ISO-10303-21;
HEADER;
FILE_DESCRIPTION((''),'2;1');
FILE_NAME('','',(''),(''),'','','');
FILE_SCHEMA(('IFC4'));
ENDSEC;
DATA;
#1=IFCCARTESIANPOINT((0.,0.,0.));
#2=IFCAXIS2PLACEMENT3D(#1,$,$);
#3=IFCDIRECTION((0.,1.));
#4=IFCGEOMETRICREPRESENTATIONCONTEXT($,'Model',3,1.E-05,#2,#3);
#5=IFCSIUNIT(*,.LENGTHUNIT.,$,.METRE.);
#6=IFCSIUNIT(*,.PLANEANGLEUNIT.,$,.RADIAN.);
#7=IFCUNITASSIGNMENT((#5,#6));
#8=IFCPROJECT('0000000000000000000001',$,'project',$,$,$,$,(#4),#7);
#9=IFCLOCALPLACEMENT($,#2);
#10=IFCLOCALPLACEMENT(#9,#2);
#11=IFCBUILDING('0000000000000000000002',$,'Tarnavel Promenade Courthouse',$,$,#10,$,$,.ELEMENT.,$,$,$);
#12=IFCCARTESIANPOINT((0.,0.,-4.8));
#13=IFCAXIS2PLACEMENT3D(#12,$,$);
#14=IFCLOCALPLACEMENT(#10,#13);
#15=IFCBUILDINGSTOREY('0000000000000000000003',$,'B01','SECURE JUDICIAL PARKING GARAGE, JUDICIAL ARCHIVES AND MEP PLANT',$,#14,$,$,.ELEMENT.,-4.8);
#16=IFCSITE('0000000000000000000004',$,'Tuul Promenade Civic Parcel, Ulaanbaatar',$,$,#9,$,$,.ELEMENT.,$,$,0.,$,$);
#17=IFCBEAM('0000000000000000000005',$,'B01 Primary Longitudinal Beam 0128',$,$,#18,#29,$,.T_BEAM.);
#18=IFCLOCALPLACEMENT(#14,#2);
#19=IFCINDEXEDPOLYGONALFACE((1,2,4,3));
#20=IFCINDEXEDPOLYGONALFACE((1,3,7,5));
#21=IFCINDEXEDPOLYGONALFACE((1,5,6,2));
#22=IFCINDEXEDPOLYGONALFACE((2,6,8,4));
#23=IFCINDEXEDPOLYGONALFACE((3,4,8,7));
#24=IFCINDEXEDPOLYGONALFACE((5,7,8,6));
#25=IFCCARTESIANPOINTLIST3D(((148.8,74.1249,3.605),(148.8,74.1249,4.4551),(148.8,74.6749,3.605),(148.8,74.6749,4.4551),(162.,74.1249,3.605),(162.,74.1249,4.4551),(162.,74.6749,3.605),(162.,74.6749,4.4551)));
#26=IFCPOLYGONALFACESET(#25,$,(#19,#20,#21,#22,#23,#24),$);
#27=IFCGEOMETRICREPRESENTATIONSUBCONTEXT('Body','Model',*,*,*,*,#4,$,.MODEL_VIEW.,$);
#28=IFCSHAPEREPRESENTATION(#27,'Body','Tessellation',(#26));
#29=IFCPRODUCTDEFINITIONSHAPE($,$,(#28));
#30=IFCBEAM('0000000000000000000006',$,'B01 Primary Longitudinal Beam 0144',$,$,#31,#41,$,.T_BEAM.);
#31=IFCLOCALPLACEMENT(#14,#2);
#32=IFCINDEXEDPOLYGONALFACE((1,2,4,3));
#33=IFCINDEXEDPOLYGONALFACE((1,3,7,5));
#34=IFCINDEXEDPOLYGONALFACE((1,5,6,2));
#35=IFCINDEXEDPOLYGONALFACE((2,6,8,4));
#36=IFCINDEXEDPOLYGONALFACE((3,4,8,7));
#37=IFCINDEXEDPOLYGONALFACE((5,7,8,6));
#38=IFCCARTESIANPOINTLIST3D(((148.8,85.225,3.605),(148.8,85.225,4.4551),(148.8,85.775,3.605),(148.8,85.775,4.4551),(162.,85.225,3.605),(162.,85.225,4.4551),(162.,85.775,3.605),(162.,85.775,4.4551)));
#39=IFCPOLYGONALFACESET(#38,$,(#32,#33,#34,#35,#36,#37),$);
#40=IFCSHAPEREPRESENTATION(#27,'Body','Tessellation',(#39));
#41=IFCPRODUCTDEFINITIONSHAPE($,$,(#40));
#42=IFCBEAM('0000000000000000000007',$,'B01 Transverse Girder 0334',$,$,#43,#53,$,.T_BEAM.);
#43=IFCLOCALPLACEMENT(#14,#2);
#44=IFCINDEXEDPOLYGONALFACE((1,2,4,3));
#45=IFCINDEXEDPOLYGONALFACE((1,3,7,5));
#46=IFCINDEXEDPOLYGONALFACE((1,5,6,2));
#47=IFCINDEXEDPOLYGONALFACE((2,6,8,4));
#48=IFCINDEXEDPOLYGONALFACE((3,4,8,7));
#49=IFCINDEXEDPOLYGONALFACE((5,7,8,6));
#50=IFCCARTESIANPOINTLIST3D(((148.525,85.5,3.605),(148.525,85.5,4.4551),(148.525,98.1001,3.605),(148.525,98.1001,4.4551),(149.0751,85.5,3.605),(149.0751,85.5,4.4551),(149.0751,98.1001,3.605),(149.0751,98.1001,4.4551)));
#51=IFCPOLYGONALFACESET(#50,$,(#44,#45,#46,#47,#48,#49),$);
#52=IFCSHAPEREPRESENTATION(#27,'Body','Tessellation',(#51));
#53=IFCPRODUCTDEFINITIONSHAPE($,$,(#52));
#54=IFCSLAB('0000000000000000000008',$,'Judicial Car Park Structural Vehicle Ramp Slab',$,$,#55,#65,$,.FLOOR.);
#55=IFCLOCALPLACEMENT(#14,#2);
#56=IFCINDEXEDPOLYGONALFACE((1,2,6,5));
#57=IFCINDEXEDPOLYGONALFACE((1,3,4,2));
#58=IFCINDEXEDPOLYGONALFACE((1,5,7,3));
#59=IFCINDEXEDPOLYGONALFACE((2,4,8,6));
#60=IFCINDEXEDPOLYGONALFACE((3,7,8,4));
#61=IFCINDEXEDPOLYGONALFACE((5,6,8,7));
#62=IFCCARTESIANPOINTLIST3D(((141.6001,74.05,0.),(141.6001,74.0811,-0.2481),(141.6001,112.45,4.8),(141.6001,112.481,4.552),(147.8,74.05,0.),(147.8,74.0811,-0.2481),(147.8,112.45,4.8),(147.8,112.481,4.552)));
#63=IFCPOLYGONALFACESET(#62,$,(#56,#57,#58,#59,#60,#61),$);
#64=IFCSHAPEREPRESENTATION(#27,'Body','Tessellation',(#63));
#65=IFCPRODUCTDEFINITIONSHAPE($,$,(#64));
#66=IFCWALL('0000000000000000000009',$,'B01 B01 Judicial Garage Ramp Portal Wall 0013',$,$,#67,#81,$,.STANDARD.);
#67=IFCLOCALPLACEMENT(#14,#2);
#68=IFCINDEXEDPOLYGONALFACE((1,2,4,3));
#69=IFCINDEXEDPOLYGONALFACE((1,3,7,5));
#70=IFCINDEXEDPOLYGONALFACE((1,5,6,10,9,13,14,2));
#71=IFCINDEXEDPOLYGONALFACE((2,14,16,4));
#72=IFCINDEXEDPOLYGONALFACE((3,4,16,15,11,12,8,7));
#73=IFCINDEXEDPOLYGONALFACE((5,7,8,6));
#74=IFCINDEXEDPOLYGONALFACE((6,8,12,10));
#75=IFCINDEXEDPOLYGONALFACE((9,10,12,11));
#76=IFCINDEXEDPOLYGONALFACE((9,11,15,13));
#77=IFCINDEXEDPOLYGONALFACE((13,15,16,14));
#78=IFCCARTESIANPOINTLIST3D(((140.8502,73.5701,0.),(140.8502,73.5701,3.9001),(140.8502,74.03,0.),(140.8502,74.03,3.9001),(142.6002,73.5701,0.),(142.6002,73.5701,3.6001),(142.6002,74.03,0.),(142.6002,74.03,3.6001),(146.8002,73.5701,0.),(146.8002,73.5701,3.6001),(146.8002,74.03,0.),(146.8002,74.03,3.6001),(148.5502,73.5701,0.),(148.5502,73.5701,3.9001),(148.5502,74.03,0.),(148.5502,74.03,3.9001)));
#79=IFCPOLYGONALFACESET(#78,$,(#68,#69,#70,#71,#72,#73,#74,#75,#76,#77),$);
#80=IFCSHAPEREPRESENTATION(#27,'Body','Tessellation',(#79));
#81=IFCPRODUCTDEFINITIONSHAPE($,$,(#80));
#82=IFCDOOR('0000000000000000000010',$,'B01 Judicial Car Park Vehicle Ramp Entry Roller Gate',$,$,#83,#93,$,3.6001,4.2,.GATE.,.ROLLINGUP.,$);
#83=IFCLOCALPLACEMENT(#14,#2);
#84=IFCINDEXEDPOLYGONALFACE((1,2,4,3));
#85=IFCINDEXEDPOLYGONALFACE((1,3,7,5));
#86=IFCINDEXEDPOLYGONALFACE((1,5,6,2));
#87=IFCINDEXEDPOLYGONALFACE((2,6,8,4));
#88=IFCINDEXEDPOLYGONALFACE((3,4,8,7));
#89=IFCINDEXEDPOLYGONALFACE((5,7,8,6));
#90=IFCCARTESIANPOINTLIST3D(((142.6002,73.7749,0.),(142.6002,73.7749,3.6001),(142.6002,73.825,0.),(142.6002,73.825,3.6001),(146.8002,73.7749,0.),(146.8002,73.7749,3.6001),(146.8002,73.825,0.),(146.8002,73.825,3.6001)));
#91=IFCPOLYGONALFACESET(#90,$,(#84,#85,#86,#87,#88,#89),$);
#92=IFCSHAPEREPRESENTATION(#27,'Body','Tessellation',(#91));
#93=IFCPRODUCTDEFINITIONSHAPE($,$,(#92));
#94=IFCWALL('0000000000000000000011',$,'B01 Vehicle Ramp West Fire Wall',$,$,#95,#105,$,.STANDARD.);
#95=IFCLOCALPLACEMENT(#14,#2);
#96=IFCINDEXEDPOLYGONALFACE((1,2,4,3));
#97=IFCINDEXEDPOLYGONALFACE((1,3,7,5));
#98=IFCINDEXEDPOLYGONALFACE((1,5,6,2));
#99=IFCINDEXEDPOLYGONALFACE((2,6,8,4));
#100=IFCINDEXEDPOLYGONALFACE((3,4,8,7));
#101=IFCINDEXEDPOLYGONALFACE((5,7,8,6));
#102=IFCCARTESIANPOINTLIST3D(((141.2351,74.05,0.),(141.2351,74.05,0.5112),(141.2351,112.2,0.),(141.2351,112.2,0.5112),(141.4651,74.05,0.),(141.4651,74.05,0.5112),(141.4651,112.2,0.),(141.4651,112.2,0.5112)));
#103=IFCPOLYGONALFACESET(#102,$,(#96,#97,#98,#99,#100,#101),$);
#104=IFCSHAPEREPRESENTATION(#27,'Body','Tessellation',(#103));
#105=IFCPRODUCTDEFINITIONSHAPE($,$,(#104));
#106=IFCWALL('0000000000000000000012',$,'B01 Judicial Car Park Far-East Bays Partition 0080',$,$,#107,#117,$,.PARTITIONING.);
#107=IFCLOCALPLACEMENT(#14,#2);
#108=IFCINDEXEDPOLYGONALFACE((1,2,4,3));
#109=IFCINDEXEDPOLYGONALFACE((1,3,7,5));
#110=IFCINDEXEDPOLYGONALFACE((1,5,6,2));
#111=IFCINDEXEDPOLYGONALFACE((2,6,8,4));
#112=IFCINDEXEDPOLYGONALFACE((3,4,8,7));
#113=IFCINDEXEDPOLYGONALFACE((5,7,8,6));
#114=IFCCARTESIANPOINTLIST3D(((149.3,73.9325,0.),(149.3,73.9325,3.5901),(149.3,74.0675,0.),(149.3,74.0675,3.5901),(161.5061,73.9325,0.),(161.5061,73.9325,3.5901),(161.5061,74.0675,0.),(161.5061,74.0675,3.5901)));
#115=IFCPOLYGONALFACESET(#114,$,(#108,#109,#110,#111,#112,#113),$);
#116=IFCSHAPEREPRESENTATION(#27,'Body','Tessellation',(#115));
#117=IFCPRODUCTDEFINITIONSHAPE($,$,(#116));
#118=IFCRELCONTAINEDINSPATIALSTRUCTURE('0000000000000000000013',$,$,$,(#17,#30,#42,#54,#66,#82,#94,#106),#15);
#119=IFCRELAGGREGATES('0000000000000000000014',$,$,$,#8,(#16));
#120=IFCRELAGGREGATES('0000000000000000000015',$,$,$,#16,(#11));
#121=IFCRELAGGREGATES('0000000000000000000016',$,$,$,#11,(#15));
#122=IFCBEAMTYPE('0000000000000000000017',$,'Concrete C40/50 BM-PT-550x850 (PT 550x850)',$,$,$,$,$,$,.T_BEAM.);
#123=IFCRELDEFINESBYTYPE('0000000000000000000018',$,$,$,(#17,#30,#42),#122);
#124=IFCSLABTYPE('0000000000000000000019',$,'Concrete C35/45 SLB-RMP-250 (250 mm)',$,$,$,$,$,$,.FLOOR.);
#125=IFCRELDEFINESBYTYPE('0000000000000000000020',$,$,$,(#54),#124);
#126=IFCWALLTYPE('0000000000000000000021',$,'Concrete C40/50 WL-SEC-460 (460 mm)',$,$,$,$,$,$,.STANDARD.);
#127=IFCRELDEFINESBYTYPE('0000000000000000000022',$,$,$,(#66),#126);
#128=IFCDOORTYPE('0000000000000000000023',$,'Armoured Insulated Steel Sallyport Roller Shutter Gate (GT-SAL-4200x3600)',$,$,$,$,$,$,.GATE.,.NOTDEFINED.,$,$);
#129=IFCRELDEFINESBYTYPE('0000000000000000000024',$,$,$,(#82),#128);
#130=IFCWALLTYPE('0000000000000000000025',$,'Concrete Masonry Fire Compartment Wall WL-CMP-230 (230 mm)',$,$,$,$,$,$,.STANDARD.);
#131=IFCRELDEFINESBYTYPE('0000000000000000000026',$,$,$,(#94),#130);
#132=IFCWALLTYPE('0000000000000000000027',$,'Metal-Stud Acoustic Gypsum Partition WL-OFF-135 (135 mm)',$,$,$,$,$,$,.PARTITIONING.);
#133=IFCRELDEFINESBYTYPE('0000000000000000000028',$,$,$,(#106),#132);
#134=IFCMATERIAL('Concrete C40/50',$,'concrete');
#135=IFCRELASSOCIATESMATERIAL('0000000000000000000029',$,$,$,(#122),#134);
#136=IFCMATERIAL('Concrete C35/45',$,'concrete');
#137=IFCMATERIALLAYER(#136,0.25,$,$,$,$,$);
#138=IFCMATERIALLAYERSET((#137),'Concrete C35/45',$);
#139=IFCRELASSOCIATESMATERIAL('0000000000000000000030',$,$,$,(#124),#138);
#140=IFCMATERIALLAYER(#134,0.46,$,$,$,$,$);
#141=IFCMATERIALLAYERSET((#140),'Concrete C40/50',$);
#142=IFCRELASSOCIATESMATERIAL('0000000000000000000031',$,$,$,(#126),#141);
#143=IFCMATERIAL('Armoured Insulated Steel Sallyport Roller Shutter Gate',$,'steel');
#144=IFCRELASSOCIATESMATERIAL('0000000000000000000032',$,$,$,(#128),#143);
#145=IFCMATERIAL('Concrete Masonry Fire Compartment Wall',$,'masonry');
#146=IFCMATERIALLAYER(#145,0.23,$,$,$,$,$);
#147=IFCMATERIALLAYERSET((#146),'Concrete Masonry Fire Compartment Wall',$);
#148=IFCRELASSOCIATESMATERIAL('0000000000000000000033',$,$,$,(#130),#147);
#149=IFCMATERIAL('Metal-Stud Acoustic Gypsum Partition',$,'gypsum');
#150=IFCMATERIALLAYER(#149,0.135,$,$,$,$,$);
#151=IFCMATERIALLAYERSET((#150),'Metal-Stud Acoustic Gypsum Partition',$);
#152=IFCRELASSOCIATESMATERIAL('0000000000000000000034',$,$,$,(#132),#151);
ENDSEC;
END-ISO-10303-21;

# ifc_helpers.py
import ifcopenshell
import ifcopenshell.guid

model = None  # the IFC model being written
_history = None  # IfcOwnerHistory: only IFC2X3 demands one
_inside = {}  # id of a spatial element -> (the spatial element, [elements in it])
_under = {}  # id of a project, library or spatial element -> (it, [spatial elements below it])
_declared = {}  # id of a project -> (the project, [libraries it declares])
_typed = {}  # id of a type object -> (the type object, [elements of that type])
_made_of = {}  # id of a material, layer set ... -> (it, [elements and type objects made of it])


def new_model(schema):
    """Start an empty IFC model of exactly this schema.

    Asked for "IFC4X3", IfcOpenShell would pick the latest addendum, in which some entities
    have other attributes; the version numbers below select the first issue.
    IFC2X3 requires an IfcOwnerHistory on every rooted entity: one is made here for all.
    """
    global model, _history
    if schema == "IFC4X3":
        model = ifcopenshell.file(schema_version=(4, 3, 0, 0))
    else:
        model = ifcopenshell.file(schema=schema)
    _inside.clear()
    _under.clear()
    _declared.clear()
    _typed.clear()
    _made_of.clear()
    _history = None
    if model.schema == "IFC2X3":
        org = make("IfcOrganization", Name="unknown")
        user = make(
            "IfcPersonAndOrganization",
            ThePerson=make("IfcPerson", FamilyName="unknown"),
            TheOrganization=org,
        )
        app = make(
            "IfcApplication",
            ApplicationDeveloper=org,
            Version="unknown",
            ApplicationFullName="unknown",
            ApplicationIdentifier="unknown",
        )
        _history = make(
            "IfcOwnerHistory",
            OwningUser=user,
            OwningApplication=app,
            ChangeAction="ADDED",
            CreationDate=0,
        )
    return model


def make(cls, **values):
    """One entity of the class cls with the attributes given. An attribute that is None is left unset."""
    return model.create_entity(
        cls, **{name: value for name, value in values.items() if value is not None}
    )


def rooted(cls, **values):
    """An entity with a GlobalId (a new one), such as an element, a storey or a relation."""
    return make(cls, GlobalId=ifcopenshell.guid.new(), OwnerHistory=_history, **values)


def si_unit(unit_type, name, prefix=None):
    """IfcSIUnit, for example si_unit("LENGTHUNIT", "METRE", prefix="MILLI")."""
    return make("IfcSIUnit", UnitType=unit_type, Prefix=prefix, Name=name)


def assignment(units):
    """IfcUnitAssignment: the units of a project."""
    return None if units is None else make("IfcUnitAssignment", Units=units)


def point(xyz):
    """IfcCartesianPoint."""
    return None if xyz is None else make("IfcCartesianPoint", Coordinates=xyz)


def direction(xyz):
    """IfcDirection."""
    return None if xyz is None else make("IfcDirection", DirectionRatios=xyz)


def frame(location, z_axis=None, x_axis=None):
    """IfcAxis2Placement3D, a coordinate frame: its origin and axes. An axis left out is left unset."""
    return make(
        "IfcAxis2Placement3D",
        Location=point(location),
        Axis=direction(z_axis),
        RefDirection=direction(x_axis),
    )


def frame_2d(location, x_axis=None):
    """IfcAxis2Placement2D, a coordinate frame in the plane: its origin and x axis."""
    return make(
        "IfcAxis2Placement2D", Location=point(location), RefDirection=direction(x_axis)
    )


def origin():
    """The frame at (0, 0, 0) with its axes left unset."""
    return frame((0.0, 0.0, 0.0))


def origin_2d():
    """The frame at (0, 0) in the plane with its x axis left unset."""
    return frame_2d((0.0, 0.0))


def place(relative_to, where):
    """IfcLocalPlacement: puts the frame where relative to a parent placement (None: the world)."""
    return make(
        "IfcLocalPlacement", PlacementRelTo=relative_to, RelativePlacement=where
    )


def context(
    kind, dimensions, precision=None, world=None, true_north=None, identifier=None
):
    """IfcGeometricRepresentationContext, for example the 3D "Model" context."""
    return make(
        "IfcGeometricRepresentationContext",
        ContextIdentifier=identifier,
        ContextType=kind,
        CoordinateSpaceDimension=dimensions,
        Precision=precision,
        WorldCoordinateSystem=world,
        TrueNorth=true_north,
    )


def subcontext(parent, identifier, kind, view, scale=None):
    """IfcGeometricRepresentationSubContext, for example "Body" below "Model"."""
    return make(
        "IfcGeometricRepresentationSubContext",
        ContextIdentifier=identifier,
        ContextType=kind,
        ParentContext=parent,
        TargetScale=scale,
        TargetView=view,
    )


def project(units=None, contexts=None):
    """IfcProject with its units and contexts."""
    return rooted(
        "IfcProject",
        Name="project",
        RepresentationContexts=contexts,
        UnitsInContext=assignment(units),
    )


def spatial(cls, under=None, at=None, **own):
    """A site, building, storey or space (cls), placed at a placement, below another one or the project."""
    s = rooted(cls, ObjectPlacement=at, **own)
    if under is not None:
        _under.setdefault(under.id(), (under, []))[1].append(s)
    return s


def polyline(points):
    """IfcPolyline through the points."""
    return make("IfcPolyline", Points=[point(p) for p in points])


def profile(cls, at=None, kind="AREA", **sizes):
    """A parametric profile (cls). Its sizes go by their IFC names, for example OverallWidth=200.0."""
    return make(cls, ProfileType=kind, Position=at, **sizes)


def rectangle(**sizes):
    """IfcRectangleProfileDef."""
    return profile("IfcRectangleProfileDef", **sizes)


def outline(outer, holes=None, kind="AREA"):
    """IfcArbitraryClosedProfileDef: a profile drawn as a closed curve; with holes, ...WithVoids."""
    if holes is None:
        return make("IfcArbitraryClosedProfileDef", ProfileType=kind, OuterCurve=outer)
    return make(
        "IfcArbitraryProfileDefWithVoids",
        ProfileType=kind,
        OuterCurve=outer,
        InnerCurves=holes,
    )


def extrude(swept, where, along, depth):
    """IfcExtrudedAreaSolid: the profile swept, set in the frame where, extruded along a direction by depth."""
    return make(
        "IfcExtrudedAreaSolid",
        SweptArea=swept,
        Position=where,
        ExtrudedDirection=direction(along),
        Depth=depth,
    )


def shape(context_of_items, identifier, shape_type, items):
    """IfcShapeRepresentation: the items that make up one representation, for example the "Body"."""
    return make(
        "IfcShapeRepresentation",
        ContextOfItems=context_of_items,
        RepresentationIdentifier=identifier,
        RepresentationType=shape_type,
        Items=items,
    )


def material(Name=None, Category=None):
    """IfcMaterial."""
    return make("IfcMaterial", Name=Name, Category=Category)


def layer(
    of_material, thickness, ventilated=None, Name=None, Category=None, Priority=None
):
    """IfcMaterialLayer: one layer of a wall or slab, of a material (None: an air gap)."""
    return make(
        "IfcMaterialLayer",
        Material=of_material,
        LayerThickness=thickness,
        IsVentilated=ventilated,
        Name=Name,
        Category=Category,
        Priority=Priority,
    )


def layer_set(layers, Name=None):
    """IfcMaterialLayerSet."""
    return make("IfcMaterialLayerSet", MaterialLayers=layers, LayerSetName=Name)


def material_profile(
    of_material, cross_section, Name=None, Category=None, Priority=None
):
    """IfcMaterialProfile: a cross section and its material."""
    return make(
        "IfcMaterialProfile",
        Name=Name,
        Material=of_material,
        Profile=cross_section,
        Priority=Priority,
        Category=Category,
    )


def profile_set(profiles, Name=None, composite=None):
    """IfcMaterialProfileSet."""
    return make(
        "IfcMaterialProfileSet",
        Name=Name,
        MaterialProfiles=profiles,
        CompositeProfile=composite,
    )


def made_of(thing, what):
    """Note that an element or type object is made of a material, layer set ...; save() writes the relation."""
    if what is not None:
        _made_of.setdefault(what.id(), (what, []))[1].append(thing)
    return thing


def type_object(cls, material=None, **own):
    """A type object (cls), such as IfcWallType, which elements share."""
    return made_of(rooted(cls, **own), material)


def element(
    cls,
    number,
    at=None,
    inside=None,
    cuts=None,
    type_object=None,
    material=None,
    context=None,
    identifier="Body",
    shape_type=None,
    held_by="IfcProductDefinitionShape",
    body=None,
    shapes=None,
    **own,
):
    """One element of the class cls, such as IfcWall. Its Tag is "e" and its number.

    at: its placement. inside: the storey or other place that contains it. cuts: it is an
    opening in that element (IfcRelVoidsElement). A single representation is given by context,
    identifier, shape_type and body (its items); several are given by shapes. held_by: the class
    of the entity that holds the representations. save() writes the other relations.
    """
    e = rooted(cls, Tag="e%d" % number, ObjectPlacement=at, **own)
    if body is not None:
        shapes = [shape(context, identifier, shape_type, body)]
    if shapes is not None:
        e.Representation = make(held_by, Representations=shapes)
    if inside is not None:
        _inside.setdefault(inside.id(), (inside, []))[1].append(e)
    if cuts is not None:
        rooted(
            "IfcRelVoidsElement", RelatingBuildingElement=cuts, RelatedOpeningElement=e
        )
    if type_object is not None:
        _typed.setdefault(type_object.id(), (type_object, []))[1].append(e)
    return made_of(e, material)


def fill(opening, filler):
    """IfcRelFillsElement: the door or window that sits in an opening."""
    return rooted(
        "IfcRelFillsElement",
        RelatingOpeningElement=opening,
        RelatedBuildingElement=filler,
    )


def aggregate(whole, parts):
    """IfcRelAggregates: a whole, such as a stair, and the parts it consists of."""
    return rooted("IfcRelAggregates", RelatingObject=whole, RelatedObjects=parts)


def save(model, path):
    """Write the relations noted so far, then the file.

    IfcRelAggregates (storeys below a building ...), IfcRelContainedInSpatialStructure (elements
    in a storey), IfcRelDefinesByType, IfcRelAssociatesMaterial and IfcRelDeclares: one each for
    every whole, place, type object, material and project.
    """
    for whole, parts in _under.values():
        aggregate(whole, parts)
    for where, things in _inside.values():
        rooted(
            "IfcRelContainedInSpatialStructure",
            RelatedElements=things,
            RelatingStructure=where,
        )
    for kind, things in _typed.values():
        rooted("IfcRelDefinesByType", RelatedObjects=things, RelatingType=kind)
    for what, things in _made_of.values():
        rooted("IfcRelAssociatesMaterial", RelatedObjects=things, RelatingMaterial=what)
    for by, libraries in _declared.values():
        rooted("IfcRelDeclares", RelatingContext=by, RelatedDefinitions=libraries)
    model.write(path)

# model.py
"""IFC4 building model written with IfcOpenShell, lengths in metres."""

from ifc_helpers import new_model, si_unit, direction, frame, frame_2d, origin, origin_2d, place, context, subcontext, project, spatial, polyline, rectangle, outline, extrude, material, layer, layer_set, material_profile, profile_set, type_object, element, fill, save


model = new_model("IFC4")

# Units and contexts
model_context = context("Model", 3, precision=1e-05, world=origin(), true_north=direction((0.0, 1.0)))
body_context = subcontext(model_context, "Body", "Model", "MODEL_VIEW")
ifc_project = project(units=[si_unit("LENGTHUNIT", "METRE"), si_unit("PLANEANGLEUNIT", "RADIAN")], contexts=[model_context])

# Site, building, storey
site_placement = place(None, origin())
site = spatial("IfcSite", under=ifc_project, at=site_placement, Name="Tuul Promenade Civic Parcel, Ulaanbaatar", CompositionType="ELEMENT", RefElevation=0.0)
building_placement = place(site_placement, origin())
building = spatial("IfcBuilding", under=site, at=building_placement, Name="Tarnavel Promenade Courthouse", CompositionType="ELEMENT")
storey_placement = place(building_placement, frame((0.0, 0.0, -4.8)))
storey = spatial("IfcBuildingStorey", under=building, at=storey_placement, Name="B01", Description="SECURE JUDICIAL PARKING GARAGE, JUDICIAL ARCHIVES AND MEP PLANT", CompositionType="ELEMENT", Elevation=-4.8)

# Shared definitions
ifc_material_1 = material(Name="Concrete C35/45", Category="concrete")

# Shared definitions
ifc_material_2 = material(Name="Concrete C40/50", Category="concrete")

# Beams
ifc_material_profile_1 = material_profile(ifc_material_2, rectangle(XDim=0.55, YDim=0.8501, at=origin_2d()), Name="PT 550x850")
ifc_profile_set_1 = profile_set([ifc_material_profile_1], Name="Concrete C40/50")
beam_type_1 = type_object("IfcBeamType", Name="Concrete C40/50 BM-PT-550x850 (PT 550x850)", PredefinedType="T_BEAM", material=ifc_profile_set_1)
for number, where, z_axis, x_axis, name in (
    (1, (148.8, 74.3999, 4.03), (1.0, 0.0, 0.0), (0.0, 1.0, 0.0), "B01 Primary Longitudinal Beam 0128"),
    (2, (148.8, 85.5, 4.03), (1.0, 0.0, 0.0), (0.0, 1.0, 0.0), "B01 Primary Longitudinal Beam 0144"),
):
    element("IfcBeam", number, at=place(storey_placement, frame(where, z_axis=z_axis, x_axis=x_axis)), inside=storey, type_object=beam_type_1, Name=name, PredefinedType="T_BEAM", context=body_context, shape_type="SweptSolid", body=[
        extrude(rectangle(XDim=0.55, YDim=0.8501, at=origin_2d()), origin(), (0.0, 0.0, 1.0), 13.2),
    ])
beam_1_placement = place(storey_placement, frame((148.8, 85.5, 4.03), z_axis=(0.0, 1.0, 0.0), x_axis=(-1.0, 0.0, 0.0)))
element("IfcBeam", 3, at=beam_1_placement, inside=storey, type_object=beam_type_1, Name="B01 Transverse Girder 0334", PredefinedType="T_BEAM", context=body_context, shape_type="SweptSolid", body=[
    extrude(rectangle(XDim=0.55, YDim=0.8501, at=origin_2d()), origin(), (0.0, 0.0, 1.0), 12.6001),
])

# Slab
ifc_layer_1 = layer(ifc_material_1, 0.25)
ifc_layer_set_1 = layer_set([ifc_layer_1], Name="Concrete C35/45")
slab_type = type_object("IfcSlabType", Name="Concrete C35/45 SLB-RMP-250 (250 mm)", PredefinedType="FLOOR", material=ifc_layer_set_1)
slab_placement = place(storey_placement, frame((141.6001, 74.05, 0.0), z_axis=(0.0, -0.124036, 0.992278), x_axis=(1.0, 0.0, 0.0)))
element("IfcSlab", 4, at=slab_placement, inside=storey, type_object=slab_type, Name="Judicial Car Park Structural Vehicle Ramp Slab", PredefinedType="FLOOR", context=body_context, shape_type="SweptSolid", body=[
    extrude(outline(polyline([(0.0, 0.0), (6.2, 0.0), (6.2, 38.6987), (0.0, 38.6987), (0.0, 0.0)])), origin(), (0.0, 0.0, -1.0), 0.25),
])

# Wall, opening, door
ifc_layer_2 = layer(ifc_material_2, 0.46)
ifc_layer_set_2 = layer_set([ifc_layer_2], Name="Concrete C40/50")
wall_type_1 = type_object("IfcWallType", Name="Concrete C40/50 WL-SEC-460 (460 mm)", PredefinedType="STANDARD", material=ifc_layer_set_2)
wall_1_placement = place(storey_placement, frame((140.8501, 73.8, 0.0), z_axis=(0.0, 0.0, 1.0), x_axis=(1.0, 0.0, 0.0)))
wall_1 = element("IfcWall", 5, at=wall_1_placement, inside=storey, type_object=wall_type_1, Name="B01 B01 Judicial Garage Ramp Portal Wall 0013", PredefinedType="STANDARD", context=body_context, shape_type="SweptSolid", body=[
    extrude(rectangle(XDim=7.7, YDim=0.46, at=frame_2d((3.8501, 0.0))), origin(), (0.0, 0.0, 1.0), 3.9001),
])
opening_placement = place(wall_1_placement, frame((1.75, 0.0, 0.0)))
opening = element("IfcOpeningElement", 6, at=opening_placement, cuts=wall_1, PredefinedType="OPENING", context=body_context, shape_type="SweptSolid", body=[
    extrude(rectangle(XDim=4.2, YDim=3.6001, at=frame_2d((2.1001, 1.8))), frame((0.0, 0.24, 0.0), z_axis=(0.0, -1.0, 0.0), x_axis=(1.0, 0.0, 0.0)), (0.0, 0.0, 1.0), 0.48),
])
ifc_material_3 = material(Name="Armoured Insulated Steel Sallyport Roller Shutter Gate", Category="steel")
door_type = type_object("IfcDoorType", Name="Armoured Insulated Steel Sallyport Roller Shutter Gate (GT-SAL-4200x3600)", OperationType="NOTDEFINED", PredefinedType="GATE", material=ifc_material_3)
door_placement = place(opening_placement, origin())
door = element("IfcDoor", 7, at=door_placement, inside=storey, type_object=door_type, Name="B01 Judicial Car Park Vehicle Ramp Entry Roller Gate", OperationType="ROLLINGUP", OverallHeight=3.6001, OverallWidth=4.2, PredefinedType="GATE", context=body_context, shape_type="SweptSolid", body=[
    extrude(rectangle(XDim=4.2, YDim=3.6001, at=frame_2d((2.1001, 1.8))), frame((0.0, 0.0249, 0.0), z_axis=(0.0, -1.0, 0.0), x_axis=(1.0, 0.0, 0.0)), (0.0, 0.0, 1.0), 0.05),
])
fill(opening, door)

# Walls
ifc_material_4 = material(Name="Concrete Masonry Fire Compartment Wall", Category="masonry")
ifc_layer_3 = layer(ifc_material_4, 0.23)
ifc_layer_set_3 = layer_set([ifc_layer_3], Name="Concrete Masonry Fire Compartment Wall")
wall_type_2 = type_object("IfcWallType", Name="Concrete Masonry Fire Compartment Wall WL-CMP-230 (230 mm)", PredefinedType="STANDARD", material=ifc_layer_set_3)
wall_2_placement = place(storey_placement, frame((141.3501, 74.05, 0.0), z_axis=(0.0, 0.0, 1.0), x_axis=(0.0, 1.0, 0.0)))
element("IfcWall", 8, at=wall_2_placement, inside=storey, type_object=wall_type_2, Name="B01 Vehicle Ramp West Fire Wall", PredefinedType="STANDARD", context=body_context, shape_type="SweptSolid", body=[
    extrude(rectangle(XDim=38.1499, YDim=0.23, at=frame_2d((19.075, 0.0))), origin(), (0.0, 0.0, 1.0), 0.5112),
])
ifc_material_5 = material(Name="Metal-Stud Acoustic Gypsum Partition", Category="gypsum")
ifc_layer_4 = layer(ifc_material_5, 0.135)
ifc_layer_set_4 = layer_set([ifc_layer_4], Name="Metal-Stud Acoustic Gypsum Partition")
wall_type_3 = type_object("IfcWallType", Name="Metal-Stud Acoustic Gypsum Partition WL-OFF-135 (135 mm)", PredefinedType="PARTITIONING", material=ifc_layer_set_4)
wall_3_placement = place(storey_placement, frame((149.3, 74.0, 0.0), z_axis=(0.0, 0.0, 1.0), x_axis=(1.0, 0.0, 0.0)))
element("IfcWall", 9, at=wall_3_placement, inside=storey, type_object=wall_type_3, Name="B01 Judicial Car Park Far-East Bays Partition 0080", PredefinedType="PARTITIONING", context=body_context, shape_type="SweptSolid", body=[
    extrude(rectangle(XDim=12.2061, YDim=0.135, at=frame_2d((6.103, 0.0))), origin(), (0.0, 0.0, 1.0), 3.5901),
])

save(model, "model.ifc")
